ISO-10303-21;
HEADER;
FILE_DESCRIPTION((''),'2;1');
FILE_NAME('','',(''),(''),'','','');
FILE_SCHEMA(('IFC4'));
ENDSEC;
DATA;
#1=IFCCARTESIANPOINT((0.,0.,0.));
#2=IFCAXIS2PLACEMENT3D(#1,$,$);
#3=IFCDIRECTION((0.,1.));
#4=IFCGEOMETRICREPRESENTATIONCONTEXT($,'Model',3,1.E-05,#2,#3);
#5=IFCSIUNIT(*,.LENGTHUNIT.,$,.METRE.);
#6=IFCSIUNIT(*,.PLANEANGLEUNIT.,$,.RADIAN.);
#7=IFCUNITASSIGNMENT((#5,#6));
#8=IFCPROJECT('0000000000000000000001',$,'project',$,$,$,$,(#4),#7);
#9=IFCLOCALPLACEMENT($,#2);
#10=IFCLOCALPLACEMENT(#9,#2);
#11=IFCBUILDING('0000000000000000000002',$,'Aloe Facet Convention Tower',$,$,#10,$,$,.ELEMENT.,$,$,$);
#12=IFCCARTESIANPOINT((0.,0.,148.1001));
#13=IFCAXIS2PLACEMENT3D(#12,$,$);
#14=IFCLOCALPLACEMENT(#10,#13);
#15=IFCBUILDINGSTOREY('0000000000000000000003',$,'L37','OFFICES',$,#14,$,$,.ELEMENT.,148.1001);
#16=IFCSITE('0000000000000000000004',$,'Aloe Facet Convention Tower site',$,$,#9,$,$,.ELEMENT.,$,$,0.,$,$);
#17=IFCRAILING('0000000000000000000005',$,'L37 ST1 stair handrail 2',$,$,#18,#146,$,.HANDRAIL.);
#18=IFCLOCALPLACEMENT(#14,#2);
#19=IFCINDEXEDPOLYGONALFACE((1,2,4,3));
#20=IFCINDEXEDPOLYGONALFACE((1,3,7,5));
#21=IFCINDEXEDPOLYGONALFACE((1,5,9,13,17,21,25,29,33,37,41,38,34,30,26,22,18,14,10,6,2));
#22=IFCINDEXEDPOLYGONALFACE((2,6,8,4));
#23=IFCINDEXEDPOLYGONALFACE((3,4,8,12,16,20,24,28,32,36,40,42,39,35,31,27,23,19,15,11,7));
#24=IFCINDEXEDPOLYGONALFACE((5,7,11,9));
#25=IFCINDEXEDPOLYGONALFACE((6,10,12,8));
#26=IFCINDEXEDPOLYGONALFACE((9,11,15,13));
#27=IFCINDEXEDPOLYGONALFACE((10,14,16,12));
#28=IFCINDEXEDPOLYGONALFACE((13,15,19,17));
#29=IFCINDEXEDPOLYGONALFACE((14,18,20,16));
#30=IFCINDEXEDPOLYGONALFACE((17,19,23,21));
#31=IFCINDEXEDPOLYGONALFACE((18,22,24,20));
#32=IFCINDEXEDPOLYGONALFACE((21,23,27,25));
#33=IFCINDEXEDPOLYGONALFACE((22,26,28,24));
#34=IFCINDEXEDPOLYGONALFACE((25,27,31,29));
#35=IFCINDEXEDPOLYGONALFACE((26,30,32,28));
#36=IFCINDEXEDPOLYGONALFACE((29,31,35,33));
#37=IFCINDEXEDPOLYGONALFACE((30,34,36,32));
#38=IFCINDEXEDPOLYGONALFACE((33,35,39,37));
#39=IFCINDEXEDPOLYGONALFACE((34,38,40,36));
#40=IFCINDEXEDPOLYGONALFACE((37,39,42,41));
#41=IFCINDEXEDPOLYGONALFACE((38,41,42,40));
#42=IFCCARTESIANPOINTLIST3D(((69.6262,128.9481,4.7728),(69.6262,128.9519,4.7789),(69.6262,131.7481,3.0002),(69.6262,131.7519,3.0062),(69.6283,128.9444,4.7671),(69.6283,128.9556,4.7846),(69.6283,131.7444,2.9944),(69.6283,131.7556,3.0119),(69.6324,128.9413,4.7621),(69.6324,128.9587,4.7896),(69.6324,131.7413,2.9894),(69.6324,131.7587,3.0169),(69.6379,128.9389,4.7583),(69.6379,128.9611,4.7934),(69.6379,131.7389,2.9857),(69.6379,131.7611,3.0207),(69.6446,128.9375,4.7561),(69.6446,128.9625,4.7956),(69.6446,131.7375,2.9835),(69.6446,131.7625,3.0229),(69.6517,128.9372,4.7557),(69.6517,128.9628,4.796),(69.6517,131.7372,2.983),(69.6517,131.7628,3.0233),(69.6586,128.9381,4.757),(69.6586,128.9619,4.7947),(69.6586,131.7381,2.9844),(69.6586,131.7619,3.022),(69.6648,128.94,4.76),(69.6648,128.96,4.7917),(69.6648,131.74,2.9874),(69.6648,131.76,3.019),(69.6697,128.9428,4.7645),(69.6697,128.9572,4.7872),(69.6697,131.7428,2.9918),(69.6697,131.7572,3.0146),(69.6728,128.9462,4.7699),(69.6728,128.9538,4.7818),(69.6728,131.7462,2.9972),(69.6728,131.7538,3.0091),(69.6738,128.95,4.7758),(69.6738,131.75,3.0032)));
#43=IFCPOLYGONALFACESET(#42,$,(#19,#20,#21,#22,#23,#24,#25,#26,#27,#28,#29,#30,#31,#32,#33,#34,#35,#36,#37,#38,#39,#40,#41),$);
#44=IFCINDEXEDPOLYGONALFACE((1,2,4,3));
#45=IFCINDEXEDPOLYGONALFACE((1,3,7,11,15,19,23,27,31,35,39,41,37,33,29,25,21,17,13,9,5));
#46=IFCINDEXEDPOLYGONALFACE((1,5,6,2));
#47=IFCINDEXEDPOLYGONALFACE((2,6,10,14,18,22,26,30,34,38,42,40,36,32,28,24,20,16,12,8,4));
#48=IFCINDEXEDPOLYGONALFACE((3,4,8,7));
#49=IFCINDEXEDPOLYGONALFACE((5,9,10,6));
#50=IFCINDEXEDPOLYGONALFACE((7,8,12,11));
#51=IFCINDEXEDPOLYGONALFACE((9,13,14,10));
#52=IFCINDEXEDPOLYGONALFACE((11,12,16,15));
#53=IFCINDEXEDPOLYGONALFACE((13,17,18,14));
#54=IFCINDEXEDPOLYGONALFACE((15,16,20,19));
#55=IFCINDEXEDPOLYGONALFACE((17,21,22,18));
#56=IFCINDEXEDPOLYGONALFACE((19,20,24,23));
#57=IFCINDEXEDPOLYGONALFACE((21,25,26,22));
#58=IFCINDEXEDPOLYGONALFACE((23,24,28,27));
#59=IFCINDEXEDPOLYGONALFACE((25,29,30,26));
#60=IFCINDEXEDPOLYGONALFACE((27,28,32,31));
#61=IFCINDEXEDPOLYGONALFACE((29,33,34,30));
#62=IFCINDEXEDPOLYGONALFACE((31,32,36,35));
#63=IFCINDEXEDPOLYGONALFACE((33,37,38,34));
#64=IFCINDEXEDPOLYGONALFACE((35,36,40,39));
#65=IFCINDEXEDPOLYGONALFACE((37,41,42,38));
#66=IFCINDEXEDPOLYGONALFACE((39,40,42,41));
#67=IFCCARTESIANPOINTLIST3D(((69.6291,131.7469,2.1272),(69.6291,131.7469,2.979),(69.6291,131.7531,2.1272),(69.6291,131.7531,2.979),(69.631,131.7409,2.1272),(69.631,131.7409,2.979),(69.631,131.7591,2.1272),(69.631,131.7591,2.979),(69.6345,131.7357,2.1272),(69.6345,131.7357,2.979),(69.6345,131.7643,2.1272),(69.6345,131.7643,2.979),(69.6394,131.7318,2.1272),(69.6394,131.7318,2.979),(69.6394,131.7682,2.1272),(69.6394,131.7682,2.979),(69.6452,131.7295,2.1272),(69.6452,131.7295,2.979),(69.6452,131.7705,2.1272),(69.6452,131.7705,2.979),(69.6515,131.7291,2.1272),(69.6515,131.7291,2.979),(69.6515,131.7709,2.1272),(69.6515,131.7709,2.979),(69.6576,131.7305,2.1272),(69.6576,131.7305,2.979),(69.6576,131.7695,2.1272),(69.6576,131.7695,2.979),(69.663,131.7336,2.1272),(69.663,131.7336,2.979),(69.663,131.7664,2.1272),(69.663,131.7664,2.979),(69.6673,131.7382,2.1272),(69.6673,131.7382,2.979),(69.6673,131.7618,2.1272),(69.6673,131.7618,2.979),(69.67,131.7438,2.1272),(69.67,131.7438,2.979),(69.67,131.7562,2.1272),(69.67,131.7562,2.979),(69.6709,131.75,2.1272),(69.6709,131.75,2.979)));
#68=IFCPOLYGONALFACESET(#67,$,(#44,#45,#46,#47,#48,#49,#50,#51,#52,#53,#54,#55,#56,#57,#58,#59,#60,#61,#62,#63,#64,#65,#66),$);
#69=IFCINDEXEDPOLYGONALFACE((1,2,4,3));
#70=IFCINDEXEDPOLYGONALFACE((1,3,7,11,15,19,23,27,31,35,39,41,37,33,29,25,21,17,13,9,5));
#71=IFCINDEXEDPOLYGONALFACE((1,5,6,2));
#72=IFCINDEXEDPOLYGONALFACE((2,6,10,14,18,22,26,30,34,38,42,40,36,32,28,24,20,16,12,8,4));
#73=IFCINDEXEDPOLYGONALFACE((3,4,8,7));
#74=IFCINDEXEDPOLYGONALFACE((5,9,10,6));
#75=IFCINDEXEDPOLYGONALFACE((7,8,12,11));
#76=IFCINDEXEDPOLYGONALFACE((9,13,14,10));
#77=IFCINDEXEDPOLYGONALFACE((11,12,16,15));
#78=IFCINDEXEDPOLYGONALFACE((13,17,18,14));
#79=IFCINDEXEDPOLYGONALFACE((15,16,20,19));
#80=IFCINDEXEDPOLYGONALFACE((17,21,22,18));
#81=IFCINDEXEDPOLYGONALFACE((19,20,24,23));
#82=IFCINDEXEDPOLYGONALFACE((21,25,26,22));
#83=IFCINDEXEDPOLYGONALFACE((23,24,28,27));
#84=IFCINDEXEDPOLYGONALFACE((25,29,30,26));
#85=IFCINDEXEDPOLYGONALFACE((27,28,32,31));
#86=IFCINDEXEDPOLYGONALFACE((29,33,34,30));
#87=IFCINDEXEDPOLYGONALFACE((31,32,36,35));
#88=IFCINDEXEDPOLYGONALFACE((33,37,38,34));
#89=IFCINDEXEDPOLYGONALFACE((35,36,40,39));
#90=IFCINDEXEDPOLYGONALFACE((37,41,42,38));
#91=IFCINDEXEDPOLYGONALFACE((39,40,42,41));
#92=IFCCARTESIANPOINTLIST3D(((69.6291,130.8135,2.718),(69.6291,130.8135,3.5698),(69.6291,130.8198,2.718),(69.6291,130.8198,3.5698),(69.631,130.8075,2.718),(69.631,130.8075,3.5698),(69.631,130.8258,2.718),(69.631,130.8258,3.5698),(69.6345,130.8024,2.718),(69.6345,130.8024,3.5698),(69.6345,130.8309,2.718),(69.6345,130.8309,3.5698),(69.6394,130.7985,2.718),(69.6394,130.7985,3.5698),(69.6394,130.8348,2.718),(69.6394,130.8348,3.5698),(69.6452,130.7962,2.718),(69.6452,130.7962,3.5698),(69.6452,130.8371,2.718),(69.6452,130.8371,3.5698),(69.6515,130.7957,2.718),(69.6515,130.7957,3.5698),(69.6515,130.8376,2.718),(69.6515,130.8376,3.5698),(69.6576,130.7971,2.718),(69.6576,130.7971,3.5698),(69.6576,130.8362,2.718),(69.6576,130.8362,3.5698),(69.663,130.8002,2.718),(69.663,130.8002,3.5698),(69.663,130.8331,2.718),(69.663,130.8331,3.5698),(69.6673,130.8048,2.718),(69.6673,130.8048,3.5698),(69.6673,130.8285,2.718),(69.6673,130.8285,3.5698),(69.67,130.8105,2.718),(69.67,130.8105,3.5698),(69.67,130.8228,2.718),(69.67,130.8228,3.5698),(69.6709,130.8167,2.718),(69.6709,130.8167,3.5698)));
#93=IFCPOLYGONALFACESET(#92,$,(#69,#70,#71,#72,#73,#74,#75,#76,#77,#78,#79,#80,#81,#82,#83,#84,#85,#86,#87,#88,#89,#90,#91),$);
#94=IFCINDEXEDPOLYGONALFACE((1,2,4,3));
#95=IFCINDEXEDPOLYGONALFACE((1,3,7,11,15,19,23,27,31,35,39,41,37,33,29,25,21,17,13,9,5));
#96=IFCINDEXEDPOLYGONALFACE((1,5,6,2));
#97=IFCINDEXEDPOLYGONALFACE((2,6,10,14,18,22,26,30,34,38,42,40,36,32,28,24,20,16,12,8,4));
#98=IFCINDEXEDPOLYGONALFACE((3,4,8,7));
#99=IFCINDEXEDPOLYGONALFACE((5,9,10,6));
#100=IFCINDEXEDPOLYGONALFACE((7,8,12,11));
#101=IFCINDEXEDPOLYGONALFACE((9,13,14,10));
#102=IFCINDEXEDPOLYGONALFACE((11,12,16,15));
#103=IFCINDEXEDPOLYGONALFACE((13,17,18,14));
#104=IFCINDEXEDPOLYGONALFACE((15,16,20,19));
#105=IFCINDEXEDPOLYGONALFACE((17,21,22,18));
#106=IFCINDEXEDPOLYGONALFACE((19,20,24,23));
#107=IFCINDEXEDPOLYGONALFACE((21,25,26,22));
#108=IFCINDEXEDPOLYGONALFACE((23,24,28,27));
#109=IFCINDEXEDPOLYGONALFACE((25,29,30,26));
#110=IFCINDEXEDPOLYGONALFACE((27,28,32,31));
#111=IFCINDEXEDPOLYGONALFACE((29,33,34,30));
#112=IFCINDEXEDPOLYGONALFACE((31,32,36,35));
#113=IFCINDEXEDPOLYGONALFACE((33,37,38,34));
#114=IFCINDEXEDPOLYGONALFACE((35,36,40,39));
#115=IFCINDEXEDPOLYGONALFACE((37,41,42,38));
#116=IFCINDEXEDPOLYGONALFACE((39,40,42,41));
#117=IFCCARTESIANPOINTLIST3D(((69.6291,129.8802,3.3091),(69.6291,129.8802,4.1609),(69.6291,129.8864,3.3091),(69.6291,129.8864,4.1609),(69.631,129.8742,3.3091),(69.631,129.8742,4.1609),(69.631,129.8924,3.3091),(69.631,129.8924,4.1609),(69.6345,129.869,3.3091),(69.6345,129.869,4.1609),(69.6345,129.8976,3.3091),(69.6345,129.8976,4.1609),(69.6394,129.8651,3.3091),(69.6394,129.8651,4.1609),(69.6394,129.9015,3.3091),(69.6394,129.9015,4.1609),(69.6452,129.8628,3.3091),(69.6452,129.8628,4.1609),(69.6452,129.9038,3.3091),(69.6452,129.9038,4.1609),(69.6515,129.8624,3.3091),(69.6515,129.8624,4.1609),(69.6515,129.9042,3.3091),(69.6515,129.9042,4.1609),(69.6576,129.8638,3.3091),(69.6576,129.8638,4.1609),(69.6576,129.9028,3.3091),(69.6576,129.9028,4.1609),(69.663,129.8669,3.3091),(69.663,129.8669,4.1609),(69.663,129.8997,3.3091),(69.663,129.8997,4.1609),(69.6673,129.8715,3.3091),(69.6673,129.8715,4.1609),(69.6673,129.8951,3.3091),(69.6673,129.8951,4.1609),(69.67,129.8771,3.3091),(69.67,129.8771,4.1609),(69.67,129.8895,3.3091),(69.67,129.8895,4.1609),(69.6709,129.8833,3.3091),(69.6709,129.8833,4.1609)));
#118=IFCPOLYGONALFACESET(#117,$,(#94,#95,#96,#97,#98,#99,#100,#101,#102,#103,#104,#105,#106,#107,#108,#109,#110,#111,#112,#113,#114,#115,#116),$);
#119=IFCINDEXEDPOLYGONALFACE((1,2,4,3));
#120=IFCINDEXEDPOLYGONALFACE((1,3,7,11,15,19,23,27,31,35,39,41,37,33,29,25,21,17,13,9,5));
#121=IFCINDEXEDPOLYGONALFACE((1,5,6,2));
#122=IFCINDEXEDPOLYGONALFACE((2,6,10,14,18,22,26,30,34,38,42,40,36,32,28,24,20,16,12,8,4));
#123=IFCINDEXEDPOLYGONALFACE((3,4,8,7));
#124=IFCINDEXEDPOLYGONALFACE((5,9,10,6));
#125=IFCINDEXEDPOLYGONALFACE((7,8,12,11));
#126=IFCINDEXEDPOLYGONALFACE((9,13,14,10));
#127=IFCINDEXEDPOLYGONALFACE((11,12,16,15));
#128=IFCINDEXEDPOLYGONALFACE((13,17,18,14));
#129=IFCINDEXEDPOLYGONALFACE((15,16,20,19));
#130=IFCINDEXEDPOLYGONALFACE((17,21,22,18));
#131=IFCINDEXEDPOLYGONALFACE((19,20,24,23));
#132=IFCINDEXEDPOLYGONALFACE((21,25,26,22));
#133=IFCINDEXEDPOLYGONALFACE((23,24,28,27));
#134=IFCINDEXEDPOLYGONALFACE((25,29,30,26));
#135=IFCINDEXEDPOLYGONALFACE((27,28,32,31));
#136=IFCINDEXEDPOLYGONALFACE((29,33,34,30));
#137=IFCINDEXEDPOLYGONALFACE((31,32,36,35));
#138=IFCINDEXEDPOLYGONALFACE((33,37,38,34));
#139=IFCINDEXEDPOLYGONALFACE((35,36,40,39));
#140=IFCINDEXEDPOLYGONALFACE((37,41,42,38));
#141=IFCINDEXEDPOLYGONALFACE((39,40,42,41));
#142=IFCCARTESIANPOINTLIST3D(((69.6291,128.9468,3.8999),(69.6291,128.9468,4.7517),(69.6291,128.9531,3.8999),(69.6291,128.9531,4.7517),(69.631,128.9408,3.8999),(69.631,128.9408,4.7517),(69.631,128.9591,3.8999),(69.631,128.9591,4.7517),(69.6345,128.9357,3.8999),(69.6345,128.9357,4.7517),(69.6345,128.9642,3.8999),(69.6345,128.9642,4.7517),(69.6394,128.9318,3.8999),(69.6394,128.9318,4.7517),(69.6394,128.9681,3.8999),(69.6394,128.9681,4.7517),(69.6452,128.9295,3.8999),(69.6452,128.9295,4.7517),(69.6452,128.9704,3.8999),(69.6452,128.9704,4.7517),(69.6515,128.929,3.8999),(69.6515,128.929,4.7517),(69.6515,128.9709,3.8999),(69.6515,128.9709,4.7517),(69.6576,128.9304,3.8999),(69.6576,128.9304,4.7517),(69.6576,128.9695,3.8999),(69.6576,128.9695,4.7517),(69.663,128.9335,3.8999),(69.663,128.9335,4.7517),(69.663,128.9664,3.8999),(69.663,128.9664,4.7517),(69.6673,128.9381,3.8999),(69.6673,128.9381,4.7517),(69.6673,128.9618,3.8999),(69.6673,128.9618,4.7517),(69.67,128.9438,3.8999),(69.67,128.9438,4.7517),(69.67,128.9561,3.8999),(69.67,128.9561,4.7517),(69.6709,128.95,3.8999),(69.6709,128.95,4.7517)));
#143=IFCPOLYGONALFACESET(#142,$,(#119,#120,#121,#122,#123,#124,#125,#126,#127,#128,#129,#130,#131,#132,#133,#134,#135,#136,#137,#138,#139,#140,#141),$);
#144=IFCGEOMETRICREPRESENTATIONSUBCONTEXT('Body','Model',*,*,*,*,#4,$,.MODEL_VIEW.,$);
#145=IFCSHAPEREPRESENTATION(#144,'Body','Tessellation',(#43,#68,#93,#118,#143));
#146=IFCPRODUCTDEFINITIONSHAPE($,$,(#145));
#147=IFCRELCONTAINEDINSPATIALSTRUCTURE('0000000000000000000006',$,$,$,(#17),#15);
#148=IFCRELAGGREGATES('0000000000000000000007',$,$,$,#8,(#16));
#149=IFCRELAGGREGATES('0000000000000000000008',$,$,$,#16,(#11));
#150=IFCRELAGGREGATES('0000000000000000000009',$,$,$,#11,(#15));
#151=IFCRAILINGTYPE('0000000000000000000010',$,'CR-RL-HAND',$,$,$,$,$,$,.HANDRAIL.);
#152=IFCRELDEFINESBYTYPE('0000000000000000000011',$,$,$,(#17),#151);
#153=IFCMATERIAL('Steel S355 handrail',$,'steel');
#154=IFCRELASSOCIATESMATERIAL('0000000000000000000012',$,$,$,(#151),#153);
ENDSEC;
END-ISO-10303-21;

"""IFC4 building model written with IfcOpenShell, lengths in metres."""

from ifc_helpers import new_model, si_unit, direction, frame, origin, origin_2d, place, context, subcontext, project, spatial, circle, extrude, material, type_object, element, save


model = new_model("IFC4")

# Units and contexts
model_context = context("Model", 3, precision=1e-05, world=origin(), true_north=direction((0.0, 1.0)))
body_context = subcontext(model_context, "Body", "Model", "MODEL_VIEW")
ifc_project = project(units=[si_unit("LENGTHUNIT", "METRE"), si_unit("PLANEANGLEUNIT", "RADIAN")], contexts=[model_context])

# Site, building, storey
site_placement = place(None, origin())
site = spatial("IfcSite", under=ifc_project, at=site_placement, Name="Aloe Facet Convention Tower site", CompositionType="ELEMENT", RefElevation=0.0)
building_placement = place(site_placement, origin())
building = spatial("IfcBuilding", under=site, at=building_placement, Name="Aloe Facet Convention Tower", CompositionType="ELEMENT")
storey_placement = place(building_placement, frame((0.0, 0.0, 148.1001)))
storey = spatial("IfcBuildingStorey", under=building, at=storey_placement, Name="L37", Description="OFFICES", CompositionType="ELEMENT", Elevation=148.1001)

# Railing
ifc_material_1 = material(Name="Steel S355 handrail", Category="steel")
railing_type_1 = type_object("IfcRailingType", Name="CR-RL-HAND", PredefinedType="HANDRAIL", material=ifc_material_1)
railing_1_placement = place(storey_placement, frame((69.6499, 131.75, 2.1272)))
element("IfcRailing", 1, at=railing_1_placement, inside=storey, type_object=railing_type_1, Name="L37 ST1 stair handrail 2", PredefinedType="HANDRAIL", context=body_context, shape_type="SweptSolid", body=[
    extrude(circle(Radius=0.0239, at=origin_2d()), frame((0.0, 0.0, 0.876), z_axis=(0.0, -0.844909, 0.53491), x_axis=(1.0, 0.0, 0.0)), (0.0, 0.0, 1.0), 3.314),
    extrude(circle(Radius=0.021, at=origin_2d()), origin(), (0.0, 0.0, 1.0), 0.8518),
    extrude(circle(Radius=0.021, at=origin_2d()), frame((0.0, -0.9333, 0.5908)), (0.0, 0.0, 1.0), 0.8518),
    extrude(circle(Radius=0.021, at=origin_2d()), frame((0.0, -1.8667, 1.1819)), (0.0, 0.0, 1.0), 0.8518),
    extrude(circle(Radius=0.021, at=origin_2d()), frame((0.0, -2.8, 1.7727)), (0.0, 0.0, 1.0), 0.8518),
])

save(model, "model.ifc")
